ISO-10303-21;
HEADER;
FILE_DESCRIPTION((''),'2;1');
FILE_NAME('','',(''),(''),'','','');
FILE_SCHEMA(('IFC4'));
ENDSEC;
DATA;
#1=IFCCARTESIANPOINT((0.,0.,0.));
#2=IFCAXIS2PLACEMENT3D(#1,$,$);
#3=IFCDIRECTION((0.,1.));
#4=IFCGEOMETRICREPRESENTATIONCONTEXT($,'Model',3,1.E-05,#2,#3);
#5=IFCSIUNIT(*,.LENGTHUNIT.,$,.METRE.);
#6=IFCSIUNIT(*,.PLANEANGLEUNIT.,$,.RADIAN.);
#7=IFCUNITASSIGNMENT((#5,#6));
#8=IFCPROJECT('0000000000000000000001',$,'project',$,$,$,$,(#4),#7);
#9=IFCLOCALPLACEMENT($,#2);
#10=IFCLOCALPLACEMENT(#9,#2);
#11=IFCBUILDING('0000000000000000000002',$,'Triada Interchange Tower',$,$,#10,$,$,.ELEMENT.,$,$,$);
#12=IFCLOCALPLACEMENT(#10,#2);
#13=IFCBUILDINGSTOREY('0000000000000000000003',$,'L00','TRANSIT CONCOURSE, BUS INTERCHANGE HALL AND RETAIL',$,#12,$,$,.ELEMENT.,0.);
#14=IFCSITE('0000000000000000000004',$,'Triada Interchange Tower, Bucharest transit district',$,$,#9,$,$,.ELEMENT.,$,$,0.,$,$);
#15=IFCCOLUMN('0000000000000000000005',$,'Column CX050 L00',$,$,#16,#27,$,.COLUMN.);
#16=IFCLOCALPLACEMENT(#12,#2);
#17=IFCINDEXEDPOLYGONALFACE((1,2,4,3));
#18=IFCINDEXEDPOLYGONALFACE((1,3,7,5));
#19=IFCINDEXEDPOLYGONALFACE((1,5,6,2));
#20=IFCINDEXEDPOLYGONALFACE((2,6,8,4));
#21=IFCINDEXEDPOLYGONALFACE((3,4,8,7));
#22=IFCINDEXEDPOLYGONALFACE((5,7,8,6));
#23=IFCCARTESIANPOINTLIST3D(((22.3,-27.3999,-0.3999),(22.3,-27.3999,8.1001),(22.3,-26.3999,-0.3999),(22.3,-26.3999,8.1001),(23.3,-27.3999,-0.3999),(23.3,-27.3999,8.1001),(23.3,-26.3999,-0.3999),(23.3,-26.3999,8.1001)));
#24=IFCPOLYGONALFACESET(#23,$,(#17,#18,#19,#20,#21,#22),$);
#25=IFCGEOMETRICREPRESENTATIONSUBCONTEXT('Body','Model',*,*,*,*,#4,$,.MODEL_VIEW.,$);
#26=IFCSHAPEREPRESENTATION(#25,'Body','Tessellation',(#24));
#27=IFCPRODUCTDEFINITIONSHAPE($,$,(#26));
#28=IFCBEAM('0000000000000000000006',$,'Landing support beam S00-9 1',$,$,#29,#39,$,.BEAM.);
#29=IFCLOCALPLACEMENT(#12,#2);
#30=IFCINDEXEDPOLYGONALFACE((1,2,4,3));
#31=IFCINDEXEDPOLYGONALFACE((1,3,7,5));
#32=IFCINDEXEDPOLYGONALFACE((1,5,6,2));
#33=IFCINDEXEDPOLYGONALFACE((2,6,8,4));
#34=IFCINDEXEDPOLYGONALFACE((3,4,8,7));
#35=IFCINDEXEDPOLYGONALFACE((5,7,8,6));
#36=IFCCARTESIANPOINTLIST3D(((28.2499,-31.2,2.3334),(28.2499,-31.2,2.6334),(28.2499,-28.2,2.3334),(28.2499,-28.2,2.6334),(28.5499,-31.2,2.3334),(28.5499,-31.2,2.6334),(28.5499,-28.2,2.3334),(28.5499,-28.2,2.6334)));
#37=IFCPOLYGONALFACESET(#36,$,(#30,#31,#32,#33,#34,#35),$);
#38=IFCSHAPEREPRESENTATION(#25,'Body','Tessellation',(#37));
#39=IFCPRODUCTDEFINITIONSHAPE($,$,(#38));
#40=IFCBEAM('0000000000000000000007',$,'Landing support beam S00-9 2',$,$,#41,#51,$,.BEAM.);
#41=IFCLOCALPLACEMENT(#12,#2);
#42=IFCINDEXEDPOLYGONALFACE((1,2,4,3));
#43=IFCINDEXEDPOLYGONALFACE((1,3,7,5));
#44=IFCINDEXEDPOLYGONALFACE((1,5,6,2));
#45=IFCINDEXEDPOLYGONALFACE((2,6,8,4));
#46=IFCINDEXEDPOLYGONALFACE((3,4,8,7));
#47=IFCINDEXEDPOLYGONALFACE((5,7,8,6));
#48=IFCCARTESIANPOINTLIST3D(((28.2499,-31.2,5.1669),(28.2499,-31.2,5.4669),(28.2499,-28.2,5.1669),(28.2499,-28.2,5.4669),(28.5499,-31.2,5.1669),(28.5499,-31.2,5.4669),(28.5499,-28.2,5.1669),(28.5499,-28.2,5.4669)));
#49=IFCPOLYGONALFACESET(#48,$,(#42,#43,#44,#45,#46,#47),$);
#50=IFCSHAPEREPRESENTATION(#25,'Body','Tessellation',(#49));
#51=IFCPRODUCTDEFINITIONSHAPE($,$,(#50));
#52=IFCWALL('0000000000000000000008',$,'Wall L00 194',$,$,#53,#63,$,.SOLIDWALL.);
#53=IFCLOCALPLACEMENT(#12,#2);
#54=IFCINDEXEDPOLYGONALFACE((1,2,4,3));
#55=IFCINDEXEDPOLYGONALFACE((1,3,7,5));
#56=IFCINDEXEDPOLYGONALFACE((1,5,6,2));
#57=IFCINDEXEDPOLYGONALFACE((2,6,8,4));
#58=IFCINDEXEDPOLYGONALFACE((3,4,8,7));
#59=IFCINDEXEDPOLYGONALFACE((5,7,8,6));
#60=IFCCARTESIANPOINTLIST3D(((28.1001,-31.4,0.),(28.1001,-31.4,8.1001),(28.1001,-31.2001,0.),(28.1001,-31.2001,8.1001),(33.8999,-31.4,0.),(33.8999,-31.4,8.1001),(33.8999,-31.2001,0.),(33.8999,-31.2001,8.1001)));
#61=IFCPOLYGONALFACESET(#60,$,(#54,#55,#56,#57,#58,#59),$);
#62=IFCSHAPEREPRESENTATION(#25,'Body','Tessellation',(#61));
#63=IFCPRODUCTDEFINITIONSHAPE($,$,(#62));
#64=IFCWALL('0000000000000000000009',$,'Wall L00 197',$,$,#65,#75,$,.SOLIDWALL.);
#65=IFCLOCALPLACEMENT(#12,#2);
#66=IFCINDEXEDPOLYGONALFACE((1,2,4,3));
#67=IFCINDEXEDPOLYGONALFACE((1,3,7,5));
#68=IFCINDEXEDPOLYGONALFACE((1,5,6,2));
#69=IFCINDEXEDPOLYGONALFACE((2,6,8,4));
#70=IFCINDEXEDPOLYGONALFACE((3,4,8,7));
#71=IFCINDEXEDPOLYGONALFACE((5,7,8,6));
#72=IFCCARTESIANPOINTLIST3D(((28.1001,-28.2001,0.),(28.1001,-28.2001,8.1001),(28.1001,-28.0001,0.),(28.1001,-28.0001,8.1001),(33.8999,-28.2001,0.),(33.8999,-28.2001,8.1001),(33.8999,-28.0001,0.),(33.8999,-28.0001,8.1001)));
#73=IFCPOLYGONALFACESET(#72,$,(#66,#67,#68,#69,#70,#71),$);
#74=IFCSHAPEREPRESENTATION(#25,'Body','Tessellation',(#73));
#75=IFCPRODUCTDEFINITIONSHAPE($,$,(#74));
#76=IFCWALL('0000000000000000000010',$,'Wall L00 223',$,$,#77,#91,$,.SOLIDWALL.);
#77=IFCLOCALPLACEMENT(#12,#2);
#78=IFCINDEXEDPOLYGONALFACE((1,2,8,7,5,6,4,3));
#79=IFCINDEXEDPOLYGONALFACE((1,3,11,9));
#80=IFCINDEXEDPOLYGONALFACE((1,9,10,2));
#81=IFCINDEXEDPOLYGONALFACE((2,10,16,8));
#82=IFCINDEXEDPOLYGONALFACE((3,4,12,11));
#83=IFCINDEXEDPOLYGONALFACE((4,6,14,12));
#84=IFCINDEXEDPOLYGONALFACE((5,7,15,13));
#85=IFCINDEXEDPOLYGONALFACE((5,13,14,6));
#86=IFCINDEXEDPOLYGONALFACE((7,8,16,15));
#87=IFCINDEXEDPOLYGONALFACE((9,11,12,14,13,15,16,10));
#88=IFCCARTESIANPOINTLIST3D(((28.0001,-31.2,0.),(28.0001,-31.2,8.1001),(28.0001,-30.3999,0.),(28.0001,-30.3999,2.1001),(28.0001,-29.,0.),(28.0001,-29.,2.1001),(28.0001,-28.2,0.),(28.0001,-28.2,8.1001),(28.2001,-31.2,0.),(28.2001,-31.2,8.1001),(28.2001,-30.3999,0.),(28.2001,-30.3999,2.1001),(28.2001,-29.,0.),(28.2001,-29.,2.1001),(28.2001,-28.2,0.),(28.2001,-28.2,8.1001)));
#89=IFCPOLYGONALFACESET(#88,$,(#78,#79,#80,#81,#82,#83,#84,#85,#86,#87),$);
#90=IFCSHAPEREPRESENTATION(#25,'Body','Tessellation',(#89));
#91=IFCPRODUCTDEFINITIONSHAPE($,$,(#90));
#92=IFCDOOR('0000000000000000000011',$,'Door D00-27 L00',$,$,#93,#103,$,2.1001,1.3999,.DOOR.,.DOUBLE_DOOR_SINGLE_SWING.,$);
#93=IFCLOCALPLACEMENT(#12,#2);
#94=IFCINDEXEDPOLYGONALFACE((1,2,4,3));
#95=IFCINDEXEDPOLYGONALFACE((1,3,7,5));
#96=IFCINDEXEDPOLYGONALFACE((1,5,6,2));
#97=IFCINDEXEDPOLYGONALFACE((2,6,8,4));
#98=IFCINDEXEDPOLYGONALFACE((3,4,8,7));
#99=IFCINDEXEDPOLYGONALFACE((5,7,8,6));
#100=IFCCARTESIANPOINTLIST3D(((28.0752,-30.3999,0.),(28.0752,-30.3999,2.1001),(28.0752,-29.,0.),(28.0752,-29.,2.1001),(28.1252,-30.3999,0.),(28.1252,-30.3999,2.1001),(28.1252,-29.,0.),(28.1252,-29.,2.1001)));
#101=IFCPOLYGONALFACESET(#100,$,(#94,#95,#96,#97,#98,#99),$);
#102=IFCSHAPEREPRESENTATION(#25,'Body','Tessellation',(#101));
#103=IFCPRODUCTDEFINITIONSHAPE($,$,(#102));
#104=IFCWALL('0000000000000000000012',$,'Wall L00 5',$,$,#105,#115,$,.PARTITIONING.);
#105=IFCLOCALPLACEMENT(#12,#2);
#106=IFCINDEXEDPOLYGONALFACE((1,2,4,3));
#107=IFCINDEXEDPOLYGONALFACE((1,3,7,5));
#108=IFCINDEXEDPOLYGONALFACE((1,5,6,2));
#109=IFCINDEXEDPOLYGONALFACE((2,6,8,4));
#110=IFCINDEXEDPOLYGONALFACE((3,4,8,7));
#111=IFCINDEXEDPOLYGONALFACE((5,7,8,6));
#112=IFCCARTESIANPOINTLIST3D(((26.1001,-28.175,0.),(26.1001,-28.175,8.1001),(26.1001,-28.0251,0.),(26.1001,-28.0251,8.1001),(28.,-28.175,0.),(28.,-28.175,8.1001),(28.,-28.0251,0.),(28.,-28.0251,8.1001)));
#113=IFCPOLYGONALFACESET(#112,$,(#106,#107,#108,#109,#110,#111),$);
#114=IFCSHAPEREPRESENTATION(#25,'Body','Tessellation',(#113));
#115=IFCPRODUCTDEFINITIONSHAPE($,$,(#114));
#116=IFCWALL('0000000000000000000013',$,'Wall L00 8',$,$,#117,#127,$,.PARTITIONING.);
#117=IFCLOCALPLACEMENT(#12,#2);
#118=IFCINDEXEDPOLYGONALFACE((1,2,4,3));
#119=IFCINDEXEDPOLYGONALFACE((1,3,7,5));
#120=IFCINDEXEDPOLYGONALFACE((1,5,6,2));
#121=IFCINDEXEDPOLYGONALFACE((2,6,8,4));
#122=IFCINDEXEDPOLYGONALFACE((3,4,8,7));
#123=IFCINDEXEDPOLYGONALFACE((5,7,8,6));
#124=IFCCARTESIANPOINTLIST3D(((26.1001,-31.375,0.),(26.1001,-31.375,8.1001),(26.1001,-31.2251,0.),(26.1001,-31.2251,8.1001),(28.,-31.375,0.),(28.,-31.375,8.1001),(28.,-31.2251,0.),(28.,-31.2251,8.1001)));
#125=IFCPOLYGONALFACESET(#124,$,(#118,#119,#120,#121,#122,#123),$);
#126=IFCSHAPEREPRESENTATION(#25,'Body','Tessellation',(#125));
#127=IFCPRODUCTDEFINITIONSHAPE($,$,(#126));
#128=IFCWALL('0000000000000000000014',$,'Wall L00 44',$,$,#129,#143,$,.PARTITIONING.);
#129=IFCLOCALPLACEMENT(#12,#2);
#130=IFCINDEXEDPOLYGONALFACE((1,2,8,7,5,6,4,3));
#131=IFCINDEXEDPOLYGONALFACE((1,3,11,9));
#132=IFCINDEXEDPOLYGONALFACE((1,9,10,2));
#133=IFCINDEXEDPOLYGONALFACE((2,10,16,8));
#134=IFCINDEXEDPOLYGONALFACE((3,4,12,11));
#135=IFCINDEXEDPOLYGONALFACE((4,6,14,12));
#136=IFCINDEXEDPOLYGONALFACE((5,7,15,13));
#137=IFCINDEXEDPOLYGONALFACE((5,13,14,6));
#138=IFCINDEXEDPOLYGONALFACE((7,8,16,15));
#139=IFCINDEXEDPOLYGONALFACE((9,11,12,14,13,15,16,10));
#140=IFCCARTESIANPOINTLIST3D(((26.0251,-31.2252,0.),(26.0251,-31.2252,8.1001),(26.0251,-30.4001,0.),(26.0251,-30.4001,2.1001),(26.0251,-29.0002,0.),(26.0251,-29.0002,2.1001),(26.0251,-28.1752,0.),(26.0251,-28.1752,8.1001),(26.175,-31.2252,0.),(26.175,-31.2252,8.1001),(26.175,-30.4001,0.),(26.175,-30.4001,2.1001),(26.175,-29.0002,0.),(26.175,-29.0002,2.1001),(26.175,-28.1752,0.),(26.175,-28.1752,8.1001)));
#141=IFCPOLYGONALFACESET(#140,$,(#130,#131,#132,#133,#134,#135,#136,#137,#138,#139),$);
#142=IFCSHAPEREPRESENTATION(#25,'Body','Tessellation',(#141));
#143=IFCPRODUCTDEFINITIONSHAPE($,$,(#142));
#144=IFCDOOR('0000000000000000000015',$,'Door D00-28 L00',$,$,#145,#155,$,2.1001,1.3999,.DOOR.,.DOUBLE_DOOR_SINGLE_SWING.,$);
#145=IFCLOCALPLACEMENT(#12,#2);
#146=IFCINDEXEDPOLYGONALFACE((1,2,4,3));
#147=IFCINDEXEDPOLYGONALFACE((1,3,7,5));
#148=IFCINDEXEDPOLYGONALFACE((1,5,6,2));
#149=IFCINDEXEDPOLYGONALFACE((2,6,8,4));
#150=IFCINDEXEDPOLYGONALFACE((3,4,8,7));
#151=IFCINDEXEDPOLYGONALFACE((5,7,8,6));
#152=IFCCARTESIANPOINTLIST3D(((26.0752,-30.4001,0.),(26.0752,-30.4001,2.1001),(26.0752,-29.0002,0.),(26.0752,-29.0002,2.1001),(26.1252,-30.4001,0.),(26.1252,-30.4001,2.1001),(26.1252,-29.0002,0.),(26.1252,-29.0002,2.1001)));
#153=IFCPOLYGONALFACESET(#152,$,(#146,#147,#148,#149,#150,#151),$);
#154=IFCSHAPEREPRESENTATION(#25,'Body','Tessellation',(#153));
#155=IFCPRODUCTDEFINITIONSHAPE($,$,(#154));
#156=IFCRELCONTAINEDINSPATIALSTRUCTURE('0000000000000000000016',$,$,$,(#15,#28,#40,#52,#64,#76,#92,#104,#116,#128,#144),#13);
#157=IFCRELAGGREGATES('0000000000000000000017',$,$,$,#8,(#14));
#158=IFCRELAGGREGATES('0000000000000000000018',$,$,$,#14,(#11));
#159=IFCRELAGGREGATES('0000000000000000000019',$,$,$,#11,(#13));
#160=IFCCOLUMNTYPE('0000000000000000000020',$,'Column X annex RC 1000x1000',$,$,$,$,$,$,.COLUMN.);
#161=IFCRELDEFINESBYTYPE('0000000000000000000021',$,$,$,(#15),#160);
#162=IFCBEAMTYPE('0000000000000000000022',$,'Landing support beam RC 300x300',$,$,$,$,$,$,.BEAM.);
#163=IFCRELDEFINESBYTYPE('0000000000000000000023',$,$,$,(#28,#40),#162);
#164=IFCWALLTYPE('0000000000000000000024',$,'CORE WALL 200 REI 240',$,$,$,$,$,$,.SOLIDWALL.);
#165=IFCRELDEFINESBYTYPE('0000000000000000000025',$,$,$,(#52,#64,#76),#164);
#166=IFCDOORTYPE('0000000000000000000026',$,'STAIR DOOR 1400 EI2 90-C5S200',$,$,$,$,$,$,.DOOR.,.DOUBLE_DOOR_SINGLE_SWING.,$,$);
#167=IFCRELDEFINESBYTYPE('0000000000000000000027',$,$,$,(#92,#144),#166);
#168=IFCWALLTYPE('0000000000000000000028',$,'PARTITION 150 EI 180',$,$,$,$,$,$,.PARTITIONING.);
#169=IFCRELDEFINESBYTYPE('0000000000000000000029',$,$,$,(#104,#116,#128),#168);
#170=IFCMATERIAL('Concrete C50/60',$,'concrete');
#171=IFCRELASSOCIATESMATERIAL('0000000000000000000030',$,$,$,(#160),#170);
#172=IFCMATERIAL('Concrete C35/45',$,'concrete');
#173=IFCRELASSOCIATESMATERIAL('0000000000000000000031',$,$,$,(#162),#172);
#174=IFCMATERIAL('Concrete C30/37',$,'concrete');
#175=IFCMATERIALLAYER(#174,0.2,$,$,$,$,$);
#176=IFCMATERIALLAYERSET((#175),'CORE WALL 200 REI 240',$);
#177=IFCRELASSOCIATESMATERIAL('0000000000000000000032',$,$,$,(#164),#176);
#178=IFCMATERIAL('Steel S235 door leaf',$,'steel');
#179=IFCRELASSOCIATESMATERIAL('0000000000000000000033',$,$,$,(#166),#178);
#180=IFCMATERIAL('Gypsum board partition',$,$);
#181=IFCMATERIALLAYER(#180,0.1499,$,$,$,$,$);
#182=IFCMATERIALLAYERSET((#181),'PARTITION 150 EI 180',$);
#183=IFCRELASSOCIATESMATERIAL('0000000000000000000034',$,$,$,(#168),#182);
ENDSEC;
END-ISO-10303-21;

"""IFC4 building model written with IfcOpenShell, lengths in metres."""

from ifc_helpers import new_model, si_unit, direction, frame, frame_2d, origin, origin_2d, place, context, subcontext, project, spatial, rectangle, extrude, material, layer, layer_set, material_profile, profile_set, type_object, element, fill, save


model = new_model("IFC4")

# Units and contexts
model_context = context("Model", 3, precision=1e-05, world=origin(), true_north=direction((0.0, 1.0)))
body_context = subcontext(model_context, "Body", "Model", "MODEL_VIEW")
ifc_project = project(units=[si_unit("LENGTHUNIT", "METRE"), si_unit("PLANEANGLEUNIT", "RADIAN")], contexts=[model_context])

# Site, building, storey
site_placement = place(None, origin())
site = spatial("IfcSite", under=ifc_project, at=site_placement, Name="Triada Interchange Tower, Bucharest transit district", CompositionType="ELEMENT", RefElevation=0.0)
building_placement = place(site_placement, origin())
building = spatial("IfcBuilding", under=site, at=building_placement, Name="Triada Interchange Tower", CompositionType="ELEMENT")
storey_placement = place(building_placement, origin())
storey = spatial("IfcBuildingStorey", under=building, at=storey_placement, Name="L00", Description="TRANSIT CONCOURSE, BUS INTERCHANGE HALL AND RETAIL", CompositionType="ELEMENT", Elevation=0.0)

# Column
ifc_material_1 = material(Name="Concrete C50/60", Category="concrete")
ifc_material_profile_1 = material_profile(ifc_material_1, rectangle(XDim=1.0, YDim=1.0, at=origin_2d()), Name="RC 1000x1000")
ifc_profile_set_1 = profile_set([ifc_material_profile_1], Name="Concrete C50/60")
column_type = type_object("IfcColumnType", Name="Column X annex RC 1000x1000", PredefinedType="COLUMN", material=ifc_profile_set_1)
column_placement = place(storey_placement, frame((22.8, -26.8999, -0.3999), z_axis=(0.0, 0.0, 1.0), x_axis=(1.0, 0.0, 0.0)))
element("IfcColumn", 1, at=column_placement, inside=storey, type_object=column_type, Name="Column CX050 L00", PredefinedType="COLUMN", context=body_context, shape_type="SweptSolid", body=[
    extrude(rectangle(XDim=1.0, YDim=1.0, at=origin_2d()), origin(), (0.0, 0.0, 1.0), 8.5),
])

# Beams
ifc_material_2 = material(Name="Concrete C35/45", Category="concrete")
ifc_material_profile_2 = material_profile(ifc_material_2, rectangle(XDim=0.3, YDim=0.3, at=origin_2d()), Name="RC 300x300")
ifc_profile_set_2 = profile_set([ifc_material_profile_2], Name="Concrete C35/45")
beam_type = type_object("IfcBeamType", Name="Landing support beam RC 300x300", PredefinedType="BEAM", material=ifc_profile_set_2)
for number, where, z_axis, x_axis, name in (
    (2, (28.3999, -28.2, 2.4834), (0.0, -1.0, 0.0), (1.0, 0.0, 0.0), "Landing support beam S00-9 1"),
    (3, (28.3999, -28.2, 5.3169), (0.0, -1.0, 0.0), (1.0, 0.0, 0.0), "Landing support beam S00-9 2"),
):
    element("IfcBeam", number, at=place(storey_placement, frame(where, z_axis=z_axis, x_axis=x_axis)), inside=storey, type_object=beam_type, Name=name, PredefinedType="BEAM", context=body_context, shape_type="SweptSolid", body=[
        extrude(rectangle(XDim=0.3, YDim=0.3, at=origin_2d()), origin(), (0.0, 0.0, 1.0), 3.0),
    ])

# Walls
ifc_material_3 = material(Name="Concrete C30/37", Category="concrete")
ifc_layer_1 = layer(ifc_material_3, 0.2)
ifc_layer_set_1 = layer_set([ifc_layer_1], Name="CORE WALL 200 REI 240")
wall_type_1 = type_object("IfcWallType", Name="CORE WALL 200 REI 240", PredefinedType="SOLIDWALL", material=ifc_layer_set_1)
for number, where, z_axis, x_axis, name in (
    (4, (28.1001, -31.3, 0.0), (0.0, 0.0, 1.0), (1.0, 0.0, 0.0), "Wall L00 194"),
    (5, (28.1001, -28.1001, 0.0), (0.0, 0.0, 1.0), (1.0, 0.0, 0.0), "Wall L00 197"),
):
    element("IfcWall", number, at=place(storey_placement, frame(where, z_axis=z_axis, x_axis=x_axis)), inside=storey, type_object=wall_type_1, Name=name, PredefinedType="SOLIDWALL", context=body_context, shape_type="SweptSolid", body=[
        extrude(rectangle(XDim=5.7998, YDim=0.2, at=frame_2d((2.8999, 0.0))), origin(), (0.0, 0.0, 1.0), 8.1001),
    ])

# Wall, opening, door
wall_1_placement = place(storey_placement, frame((28.1001, -31.2, 0.0), z_axis=(0.0, 0.0, 1.0), x_axis=(0.0, 1.0, 0.0)))
wall_1 = element("IfcWall", 6, at=wall_1_placement, inside=storey, type_object=wall_type_1, Name="Wall L00 223", PredefinedType="SOLIDWALL", context=body_context, shape_type="SweptSolid", body=[
    extrude(rectangle(XDim=3.0, YDim=0.2, at=frame_2d((1.5, 0.0))), origin(), (0.0, 0.0, 1.0), 8.1001),
])
opening_1_placement = place(wall_1_placement, frame((0.8, 0.0, 0.0)))
opening_1 = element("IfcOpeningElement", 7, at=opening_1_placement, cuts=wall_1, PredefinedType="OPENING", context=body_context, shape_type="SweptSolid", body=[
    extrude(rectangle(XDim=1.3999, YDim=2.1001, at=frame_2d((0.7, 1.05))), frame((0.0, 0.1099, 0.0), z_axis=(0.0, -1.0, 0.0), x_axis=(1.0, 0.0, 0.0)), (0.0, 0.0, 1.0), 0.22),
])
ifc_material_4 = material(Name="Steel S235 door leaf", Category="steel")
door_type_1 = type_object("IfcDoorType", Name="STAIR DOOR 1400 EI2 90-C5S200", OperationType="DOUBLE_DOOR_SINGLE_SWING", PredefinedType="DOOR", material=ifc_material_4)
door_1_placement = place(opening_1_placement, origin())
door_1 = element("IfcDoor", 8, at=door_1_placement, inside=storey, type_object=door_type_1, Name="Door D00-27 L00", OperationType="DOUBLE_DOOR_SINGLE_SWING", OverallHeight=2.1001, OverallWidth=1.3999, PredefinedType="DOOR", context=body_context, shape_type="SweptSolid", body=[
    extrude(rectangle(XDim=1.3999, YDim=2.1001, at=frame_2d((0.7, 1.05))), frame((0.0, 0.0249, 0.0), z_axis=(0.0, -1.0, 0.0), x_axis=(1.0, 0.0, 0.0)), (0.0, 0.0, 1.0), 0.05),
])
fill(opening_1, door_1)

# Walls
ifc_material_5 = material(Name="Gypsum board partition")
ifc_layer_2 = layer(ifc_material_5, 0.1499)
ifc_layer_set_2 = layer_set([ifc_layer_2], Name="PARTITION 150 EI 180")
wall_type_2 = type_object("IfcWallType", Name="PARTITION 150 EI 180", PredefinedType="PARTITIONING", material=ifc_layer_set_2)
for number, where, z_axis, x_axis, name in (
    (9, (26.1001, -28.1001, 0.0), (0.0, 0.0, 1.0), (1.0, 0.0, 0.0), "Wall L00 5"),
    (10, (26.1001, -31.3, 0.0), (0.0, 0.0, 1.0), (1.0, 0.0, 0.0), "Wall L00 8"),
):
    element("IfcWall", number, at=place(storey_placement, frame(where, z_axis=z_axis, x_axis=x_axis)), inside=storey, type_object=wall_type_2, Name=name, PredefinedType="PARTITIONING", context=body_context, shape_type="SweptSolid", body=[
        extrude(rectangle(XDim=1.8999, YDim=0.1499, at=frame_2d((0.95, 0.0))), origin(), (0.0, 0.0, 1.0), 8.1001),
    ])

# Wall, opening, door
wall_2_placement = place(storey_placement, frame((26.1001, -31.2251, 0.0), z_axis=(0.0, 0.0, 1.0), x_axis=(0.0, 1.0, 0.0)))
wall_2 = element("IfcWall", 11, at=wall_2_placement, inside=storey, type_object=wall_type_2, Name="Wall L00 44", PredefinedType="PARTITIONING", context=body_context, shape_type="SweptSolid", body=[
    extrude(rectangle(XDim=3.05, YDim=0.1499, at=frame_2d((1.5249, 0.0))), origin(), (0.0, 0.0, 1.0), 8.1001),
])
opening_2_placement = place(wall_2_placement, frame((0.825, 0.0, 0.0)))
opening_2 = element("IfcOpeningElement", 12, at=opening_2_placement, cuts=wall_2, PredefinedType="OPENING", context=body_context, shape_type="SweptSolid", body=[
    extrude(rectangle(XDim=1.3999, YDim=2.1001, at=frame_2d((0.7, 1.05))), frame((0.0, 0.085, 0.0), z_axis=(0.0, -1.0, 0.0), x_axis=(1.0, 0.0, 0.0)), (0.0, 0.0, 1.0), 0.1699),
])
door_2_placement = place(opening_2_placement, origin())
door_2 = element("IfcDoor", 13, at=door_2_placement, inside=storey, type_object=door_type_1, Name="Door D00-28 L00", OperationType="DOUBLE_DOOR_SINGLE_SWING", OverallHeight=2.1001, OverallWidth=1.3999, PredefinedType="DOOR", context=body_context, shape_type="SweptSolid", body=[
    extrude(rectangle(XDim=1.3999, YDim=2.1001, at=frame_2d((0.7, 1.05))), frame((0.0, 0.0249, 0.0), z_axis=(0.0, -1.0, 0.0), x_axis=(1.0, 0.0, 0.0)), (0.0, 0.0, 1.0), 0.05),
])
fill(opening_2, door_2)

save(model, "model.ifc")
